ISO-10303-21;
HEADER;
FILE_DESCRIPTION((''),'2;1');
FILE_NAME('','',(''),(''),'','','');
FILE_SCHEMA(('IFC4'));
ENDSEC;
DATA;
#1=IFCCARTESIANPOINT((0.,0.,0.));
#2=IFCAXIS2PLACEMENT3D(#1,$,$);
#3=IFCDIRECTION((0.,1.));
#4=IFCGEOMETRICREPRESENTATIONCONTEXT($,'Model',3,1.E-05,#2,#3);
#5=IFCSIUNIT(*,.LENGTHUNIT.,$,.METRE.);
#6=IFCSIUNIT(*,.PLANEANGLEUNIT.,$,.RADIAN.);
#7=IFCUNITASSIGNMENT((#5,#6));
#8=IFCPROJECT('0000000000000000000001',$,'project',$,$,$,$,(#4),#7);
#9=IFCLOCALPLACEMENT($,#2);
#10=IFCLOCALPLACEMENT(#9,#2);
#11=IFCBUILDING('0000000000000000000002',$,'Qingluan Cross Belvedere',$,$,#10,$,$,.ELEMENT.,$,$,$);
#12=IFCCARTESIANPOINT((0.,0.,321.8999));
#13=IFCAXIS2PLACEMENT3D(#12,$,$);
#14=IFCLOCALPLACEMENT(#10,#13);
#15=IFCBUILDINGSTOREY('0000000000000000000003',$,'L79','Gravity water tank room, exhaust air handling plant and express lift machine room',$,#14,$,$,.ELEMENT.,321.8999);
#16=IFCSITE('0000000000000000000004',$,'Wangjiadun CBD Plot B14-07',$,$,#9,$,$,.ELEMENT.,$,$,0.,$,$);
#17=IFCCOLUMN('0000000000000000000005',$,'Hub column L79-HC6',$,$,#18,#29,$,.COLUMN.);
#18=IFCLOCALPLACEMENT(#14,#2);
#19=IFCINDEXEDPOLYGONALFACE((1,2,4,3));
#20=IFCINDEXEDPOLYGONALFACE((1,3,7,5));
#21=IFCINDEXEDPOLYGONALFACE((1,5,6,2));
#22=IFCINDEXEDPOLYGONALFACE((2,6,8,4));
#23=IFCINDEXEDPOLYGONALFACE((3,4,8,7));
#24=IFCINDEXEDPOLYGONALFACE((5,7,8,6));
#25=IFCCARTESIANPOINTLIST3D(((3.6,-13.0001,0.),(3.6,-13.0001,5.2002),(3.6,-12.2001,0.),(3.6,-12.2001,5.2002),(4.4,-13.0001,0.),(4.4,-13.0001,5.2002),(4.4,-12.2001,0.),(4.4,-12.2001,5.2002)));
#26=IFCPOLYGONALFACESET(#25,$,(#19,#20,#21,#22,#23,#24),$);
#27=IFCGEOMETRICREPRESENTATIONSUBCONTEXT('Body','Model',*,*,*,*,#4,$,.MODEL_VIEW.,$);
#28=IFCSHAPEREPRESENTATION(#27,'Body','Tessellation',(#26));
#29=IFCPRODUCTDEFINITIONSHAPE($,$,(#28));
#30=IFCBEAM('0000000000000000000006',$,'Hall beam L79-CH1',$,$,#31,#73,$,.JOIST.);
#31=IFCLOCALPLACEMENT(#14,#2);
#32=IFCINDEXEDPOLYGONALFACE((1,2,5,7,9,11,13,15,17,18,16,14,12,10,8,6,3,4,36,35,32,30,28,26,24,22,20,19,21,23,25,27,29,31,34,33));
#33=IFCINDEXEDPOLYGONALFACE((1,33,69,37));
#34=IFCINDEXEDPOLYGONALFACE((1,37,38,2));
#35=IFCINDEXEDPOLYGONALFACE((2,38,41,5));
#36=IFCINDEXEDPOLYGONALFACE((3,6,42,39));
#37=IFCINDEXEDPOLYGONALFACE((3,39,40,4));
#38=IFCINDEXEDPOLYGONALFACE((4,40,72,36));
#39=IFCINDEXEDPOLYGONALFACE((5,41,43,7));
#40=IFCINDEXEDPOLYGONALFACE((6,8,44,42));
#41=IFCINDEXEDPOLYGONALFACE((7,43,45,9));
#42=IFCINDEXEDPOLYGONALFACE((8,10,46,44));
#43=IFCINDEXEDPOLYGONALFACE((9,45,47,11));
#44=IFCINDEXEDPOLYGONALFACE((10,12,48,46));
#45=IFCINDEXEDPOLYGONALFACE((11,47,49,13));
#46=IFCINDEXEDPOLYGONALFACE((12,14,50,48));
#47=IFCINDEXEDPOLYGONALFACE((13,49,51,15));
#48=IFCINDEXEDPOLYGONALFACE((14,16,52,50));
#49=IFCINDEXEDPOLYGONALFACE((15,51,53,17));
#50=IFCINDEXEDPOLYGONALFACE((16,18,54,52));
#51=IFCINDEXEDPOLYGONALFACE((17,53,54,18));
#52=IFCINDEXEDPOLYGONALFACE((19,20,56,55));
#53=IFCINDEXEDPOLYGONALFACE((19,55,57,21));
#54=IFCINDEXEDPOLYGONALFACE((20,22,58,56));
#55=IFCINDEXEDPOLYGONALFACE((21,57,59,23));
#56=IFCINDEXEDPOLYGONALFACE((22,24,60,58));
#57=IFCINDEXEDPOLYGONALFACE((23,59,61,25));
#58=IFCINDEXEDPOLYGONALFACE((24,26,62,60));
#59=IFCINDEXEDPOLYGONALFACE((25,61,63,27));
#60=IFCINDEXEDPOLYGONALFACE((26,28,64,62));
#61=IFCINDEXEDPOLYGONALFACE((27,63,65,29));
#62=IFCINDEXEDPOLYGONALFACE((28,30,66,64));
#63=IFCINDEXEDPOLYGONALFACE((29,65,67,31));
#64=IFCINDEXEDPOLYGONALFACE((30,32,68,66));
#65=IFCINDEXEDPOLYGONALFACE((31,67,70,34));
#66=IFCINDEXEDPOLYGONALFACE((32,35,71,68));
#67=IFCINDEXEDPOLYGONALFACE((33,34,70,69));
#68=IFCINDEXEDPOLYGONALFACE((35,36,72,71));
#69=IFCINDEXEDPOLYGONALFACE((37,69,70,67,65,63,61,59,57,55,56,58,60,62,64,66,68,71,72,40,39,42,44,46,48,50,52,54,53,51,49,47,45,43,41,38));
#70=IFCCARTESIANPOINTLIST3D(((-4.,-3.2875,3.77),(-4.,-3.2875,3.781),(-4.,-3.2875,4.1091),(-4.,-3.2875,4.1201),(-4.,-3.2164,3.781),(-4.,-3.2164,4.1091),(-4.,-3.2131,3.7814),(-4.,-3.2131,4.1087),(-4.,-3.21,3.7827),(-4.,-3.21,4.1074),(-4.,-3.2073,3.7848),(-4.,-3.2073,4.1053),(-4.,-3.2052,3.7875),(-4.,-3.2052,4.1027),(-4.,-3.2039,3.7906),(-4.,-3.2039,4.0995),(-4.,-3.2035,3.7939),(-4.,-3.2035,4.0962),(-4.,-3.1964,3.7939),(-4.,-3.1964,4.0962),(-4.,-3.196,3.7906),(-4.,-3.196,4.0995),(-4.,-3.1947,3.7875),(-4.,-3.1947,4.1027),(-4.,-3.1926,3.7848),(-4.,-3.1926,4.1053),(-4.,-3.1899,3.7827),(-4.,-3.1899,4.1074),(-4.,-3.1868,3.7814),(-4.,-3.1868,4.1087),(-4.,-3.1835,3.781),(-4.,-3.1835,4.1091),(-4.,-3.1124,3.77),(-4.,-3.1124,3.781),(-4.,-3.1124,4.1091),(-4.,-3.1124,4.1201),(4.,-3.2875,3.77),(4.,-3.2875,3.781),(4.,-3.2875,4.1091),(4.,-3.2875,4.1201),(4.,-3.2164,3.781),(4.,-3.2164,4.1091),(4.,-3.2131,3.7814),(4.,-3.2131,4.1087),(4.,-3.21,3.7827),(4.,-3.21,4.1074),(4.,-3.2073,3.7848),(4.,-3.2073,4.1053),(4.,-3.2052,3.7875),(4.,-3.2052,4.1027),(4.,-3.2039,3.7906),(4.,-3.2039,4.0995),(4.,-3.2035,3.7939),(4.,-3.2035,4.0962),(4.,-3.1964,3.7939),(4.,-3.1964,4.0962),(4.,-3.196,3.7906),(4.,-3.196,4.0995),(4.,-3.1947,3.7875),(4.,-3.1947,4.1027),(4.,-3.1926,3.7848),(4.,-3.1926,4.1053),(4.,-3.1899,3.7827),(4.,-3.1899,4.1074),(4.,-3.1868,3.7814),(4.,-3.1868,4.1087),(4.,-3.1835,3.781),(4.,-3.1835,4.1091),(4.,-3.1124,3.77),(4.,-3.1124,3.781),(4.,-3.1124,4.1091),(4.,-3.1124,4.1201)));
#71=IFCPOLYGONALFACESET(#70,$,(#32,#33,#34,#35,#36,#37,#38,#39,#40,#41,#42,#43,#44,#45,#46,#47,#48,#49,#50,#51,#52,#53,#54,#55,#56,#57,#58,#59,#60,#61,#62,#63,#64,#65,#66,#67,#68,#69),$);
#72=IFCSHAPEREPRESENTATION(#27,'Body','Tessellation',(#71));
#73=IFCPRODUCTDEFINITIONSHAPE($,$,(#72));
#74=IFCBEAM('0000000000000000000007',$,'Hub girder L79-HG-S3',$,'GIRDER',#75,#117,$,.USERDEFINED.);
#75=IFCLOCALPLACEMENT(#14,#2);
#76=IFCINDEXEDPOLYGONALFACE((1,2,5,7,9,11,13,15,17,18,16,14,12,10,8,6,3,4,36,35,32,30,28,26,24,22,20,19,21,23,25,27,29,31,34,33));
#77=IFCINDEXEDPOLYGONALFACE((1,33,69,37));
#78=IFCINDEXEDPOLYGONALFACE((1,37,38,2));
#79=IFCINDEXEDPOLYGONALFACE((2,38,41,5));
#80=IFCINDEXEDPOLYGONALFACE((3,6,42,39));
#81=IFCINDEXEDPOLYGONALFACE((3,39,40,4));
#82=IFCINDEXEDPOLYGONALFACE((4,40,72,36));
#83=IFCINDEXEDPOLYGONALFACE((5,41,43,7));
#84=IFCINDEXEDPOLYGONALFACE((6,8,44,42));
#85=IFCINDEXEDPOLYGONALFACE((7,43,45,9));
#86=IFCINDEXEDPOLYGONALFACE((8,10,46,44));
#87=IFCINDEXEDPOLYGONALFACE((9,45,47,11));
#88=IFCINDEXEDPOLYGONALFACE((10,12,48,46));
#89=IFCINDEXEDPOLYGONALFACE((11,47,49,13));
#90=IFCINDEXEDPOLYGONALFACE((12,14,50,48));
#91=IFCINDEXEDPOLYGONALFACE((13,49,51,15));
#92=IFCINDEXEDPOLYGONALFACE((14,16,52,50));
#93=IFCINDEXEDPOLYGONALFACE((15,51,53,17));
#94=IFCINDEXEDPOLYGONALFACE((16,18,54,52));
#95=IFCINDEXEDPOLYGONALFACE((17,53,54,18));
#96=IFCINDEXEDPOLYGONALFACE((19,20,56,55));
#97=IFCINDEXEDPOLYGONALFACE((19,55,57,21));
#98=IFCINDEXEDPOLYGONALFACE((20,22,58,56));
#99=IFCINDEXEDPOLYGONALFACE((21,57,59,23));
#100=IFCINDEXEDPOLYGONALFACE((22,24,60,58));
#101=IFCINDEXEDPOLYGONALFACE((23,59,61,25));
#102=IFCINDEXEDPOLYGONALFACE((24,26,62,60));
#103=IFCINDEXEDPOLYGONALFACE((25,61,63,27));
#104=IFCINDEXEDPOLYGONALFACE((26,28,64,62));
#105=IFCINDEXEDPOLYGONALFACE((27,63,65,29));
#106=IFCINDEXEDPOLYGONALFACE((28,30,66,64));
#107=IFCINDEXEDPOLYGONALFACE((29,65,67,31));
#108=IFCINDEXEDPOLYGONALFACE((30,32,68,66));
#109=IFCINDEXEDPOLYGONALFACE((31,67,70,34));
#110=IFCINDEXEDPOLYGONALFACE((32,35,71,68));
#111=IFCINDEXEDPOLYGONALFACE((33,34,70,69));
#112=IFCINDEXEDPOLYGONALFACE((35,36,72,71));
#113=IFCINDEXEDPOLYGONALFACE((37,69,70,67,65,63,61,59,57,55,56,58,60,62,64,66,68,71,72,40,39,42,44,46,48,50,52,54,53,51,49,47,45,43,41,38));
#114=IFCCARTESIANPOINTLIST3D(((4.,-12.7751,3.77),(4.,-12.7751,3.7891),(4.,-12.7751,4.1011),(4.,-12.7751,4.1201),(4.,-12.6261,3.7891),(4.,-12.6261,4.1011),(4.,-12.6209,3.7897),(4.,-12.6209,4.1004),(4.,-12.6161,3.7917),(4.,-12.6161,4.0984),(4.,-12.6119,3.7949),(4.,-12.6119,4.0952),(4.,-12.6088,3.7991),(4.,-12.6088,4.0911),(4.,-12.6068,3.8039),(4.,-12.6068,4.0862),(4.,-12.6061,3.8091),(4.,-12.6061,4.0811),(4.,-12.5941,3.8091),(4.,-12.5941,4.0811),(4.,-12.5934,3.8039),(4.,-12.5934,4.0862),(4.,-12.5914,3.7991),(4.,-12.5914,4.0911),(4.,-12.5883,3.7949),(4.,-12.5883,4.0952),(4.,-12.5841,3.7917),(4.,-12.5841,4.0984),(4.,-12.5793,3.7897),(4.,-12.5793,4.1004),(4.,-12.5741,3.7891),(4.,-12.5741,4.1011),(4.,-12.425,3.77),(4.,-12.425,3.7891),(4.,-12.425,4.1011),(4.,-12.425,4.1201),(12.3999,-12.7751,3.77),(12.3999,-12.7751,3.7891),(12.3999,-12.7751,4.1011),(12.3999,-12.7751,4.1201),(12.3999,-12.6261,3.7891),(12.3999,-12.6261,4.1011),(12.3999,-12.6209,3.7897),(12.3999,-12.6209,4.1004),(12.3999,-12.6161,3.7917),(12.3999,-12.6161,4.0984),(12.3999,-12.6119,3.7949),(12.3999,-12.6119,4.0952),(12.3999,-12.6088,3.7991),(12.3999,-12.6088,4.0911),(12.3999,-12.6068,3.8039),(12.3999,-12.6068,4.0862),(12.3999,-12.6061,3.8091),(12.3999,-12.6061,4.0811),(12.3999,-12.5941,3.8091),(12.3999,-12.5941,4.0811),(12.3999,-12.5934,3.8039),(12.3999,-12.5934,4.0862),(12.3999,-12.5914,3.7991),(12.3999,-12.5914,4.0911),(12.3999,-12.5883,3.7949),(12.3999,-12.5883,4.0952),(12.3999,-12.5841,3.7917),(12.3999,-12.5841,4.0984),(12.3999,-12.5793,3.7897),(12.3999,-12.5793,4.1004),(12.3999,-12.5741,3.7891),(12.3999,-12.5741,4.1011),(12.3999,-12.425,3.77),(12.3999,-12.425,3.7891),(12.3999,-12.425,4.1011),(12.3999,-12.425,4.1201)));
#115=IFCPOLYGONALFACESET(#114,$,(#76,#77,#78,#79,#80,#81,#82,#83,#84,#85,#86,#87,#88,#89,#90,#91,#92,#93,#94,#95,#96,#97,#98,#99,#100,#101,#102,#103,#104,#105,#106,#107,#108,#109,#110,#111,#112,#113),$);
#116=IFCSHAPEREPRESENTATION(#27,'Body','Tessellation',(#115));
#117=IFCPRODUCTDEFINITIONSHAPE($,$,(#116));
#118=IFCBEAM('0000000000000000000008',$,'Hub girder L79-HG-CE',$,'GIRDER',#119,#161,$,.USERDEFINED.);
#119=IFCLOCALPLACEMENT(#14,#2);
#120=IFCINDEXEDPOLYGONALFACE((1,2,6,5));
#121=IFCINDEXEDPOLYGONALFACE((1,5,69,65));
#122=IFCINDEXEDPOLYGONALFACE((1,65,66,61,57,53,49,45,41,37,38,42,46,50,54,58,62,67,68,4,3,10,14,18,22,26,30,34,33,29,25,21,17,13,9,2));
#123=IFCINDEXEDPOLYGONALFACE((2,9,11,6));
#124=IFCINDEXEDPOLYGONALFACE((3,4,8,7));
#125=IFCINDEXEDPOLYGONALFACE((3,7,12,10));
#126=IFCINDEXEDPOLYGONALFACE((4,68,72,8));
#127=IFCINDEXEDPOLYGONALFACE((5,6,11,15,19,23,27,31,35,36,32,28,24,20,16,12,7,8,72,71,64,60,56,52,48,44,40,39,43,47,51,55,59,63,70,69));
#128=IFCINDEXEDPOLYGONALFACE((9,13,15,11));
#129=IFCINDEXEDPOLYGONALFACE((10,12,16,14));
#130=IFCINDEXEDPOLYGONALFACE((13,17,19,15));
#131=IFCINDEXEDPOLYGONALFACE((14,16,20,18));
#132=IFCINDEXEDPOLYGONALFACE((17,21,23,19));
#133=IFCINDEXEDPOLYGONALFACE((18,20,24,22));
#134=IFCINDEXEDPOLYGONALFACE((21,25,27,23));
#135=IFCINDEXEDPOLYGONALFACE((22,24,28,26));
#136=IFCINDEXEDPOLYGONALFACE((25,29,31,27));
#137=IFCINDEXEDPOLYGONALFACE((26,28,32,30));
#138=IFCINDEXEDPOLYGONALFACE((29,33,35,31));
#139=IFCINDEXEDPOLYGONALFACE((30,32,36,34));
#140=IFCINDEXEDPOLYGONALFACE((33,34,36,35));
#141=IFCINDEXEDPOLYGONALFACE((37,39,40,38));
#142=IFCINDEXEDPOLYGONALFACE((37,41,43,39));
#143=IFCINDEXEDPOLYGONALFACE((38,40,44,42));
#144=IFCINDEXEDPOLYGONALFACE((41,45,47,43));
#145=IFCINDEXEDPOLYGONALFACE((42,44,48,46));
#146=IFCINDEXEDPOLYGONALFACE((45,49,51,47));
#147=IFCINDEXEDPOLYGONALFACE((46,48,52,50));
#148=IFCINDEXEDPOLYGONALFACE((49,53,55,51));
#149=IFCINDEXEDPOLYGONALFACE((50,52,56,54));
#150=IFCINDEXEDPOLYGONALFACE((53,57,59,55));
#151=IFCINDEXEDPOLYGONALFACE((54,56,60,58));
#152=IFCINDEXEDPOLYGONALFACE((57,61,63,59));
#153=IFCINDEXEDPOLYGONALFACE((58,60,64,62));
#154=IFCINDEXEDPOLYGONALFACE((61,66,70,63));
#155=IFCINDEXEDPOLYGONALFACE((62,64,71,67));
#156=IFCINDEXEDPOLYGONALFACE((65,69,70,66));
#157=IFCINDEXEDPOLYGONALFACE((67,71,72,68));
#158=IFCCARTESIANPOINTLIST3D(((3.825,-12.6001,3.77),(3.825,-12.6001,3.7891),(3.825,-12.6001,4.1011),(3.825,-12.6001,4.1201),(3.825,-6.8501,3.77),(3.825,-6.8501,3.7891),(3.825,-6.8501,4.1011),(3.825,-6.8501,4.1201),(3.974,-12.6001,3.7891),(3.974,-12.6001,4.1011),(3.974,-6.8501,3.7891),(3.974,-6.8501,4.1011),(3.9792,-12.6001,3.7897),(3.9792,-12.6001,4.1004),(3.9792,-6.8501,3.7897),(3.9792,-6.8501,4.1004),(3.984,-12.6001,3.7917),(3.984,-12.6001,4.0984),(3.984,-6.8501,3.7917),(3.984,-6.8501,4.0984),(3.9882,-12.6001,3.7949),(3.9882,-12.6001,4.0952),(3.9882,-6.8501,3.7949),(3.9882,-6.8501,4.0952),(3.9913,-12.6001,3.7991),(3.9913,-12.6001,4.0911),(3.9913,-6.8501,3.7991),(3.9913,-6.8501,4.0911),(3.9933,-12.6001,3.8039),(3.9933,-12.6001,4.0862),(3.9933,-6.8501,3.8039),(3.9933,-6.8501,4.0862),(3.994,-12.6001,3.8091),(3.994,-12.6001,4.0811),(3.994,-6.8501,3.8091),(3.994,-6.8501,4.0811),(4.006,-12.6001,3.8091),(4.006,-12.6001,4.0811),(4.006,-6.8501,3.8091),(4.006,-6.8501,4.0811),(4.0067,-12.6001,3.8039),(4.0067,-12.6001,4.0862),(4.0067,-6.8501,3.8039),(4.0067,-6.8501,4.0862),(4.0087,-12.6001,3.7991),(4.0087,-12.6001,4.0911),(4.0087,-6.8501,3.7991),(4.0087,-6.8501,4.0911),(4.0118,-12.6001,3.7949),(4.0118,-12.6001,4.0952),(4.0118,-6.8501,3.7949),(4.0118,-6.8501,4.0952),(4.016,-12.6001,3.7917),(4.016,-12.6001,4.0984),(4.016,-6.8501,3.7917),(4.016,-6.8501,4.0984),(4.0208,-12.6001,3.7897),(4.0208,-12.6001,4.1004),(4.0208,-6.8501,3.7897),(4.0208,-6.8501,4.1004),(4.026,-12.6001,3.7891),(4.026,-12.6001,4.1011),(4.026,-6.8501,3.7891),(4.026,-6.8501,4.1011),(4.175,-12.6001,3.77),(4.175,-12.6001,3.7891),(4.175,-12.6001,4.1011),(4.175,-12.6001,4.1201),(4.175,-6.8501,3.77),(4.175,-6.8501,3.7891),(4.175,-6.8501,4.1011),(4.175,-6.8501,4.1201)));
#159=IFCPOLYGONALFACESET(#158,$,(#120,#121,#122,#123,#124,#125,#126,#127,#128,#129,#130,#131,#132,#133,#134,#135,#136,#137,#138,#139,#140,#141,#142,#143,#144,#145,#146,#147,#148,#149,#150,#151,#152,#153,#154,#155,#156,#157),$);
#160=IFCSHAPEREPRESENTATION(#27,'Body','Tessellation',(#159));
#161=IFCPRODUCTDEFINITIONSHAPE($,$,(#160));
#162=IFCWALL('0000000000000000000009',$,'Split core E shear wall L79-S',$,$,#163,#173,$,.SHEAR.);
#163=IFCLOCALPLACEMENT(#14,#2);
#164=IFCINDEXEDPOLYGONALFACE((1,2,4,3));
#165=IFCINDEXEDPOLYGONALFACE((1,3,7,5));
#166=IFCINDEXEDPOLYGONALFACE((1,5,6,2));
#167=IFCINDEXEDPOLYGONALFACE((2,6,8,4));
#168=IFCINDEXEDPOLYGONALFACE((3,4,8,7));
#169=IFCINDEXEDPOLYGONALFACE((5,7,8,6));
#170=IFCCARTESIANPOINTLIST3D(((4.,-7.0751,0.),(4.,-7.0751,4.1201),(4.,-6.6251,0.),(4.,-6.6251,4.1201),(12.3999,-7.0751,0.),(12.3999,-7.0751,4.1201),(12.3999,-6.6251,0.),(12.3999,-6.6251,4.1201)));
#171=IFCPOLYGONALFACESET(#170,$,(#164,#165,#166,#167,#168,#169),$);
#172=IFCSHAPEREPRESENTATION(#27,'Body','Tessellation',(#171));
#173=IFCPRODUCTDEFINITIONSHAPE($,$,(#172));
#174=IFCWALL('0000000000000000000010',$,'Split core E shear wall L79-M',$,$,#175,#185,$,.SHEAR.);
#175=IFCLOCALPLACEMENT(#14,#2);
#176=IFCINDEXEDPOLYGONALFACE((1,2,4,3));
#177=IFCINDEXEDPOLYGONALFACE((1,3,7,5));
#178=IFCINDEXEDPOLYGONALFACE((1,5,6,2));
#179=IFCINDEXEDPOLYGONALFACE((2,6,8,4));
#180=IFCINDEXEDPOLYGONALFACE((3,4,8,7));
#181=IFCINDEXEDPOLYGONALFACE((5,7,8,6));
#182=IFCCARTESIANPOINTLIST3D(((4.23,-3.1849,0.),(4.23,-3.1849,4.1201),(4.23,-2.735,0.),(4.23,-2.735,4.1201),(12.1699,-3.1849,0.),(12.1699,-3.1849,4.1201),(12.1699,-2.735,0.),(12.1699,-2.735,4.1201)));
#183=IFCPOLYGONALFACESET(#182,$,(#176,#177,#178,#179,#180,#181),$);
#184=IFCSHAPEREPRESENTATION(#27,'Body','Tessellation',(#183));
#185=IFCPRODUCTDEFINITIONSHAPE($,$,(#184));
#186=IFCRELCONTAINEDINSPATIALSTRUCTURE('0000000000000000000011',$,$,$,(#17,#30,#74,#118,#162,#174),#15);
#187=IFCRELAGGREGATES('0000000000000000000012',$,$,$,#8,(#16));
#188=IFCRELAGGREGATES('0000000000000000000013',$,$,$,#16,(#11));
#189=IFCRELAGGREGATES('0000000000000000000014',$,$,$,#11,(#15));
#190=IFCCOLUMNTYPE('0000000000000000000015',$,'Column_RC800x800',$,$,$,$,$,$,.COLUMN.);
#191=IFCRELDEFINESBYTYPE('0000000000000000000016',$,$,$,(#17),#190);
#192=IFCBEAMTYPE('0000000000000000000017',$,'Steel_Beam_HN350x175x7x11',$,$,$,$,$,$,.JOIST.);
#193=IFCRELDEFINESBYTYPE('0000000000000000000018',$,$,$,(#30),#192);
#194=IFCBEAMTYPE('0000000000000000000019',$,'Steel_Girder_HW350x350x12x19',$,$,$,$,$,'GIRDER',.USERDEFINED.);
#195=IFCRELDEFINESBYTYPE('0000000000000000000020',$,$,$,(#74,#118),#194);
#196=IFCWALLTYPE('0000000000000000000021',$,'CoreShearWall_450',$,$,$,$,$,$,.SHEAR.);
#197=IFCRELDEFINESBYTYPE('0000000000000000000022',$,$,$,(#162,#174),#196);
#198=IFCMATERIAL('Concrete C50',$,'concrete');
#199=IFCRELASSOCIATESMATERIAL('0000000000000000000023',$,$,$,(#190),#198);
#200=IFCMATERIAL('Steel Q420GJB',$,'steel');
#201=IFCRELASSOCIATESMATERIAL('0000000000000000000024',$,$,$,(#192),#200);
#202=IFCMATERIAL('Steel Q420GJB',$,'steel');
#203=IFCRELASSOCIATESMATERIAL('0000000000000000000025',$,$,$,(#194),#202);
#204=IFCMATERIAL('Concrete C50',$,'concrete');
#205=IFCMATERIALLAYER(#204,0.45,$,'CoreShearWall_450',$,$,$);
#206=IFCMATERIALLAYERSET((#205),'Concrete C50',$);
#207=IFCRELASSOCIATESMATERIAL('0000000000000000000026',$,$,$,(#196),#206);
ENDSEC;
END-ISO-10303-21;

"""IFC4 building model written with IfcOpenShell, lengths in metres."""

from ifc_helpers import new_model, si_unit, direction, frame, frame_2d, origin, origin_2d, place, context, subcontext, project, spatial, rectangle, i_section, extrude, material, layer, layer_set, material_profile, profile_set, type_object, element, save


model = new_model("IFC4")

# Units and contexts
model_context = context("Model", 3, precision=1e-05, world=origin(), true_north=direction((0.0, 1.0)))
body_context = subcontext(model_context, "Body", "Model", "MODEL_VIEW")
ifc_project = project(units=[si_unit("LENGTHUNIT", "METRE"), si_unit("PLANEANGLEUNIT", "RADIAN")], contexts=[model_context])

# Site, building, storey
site_placement = place(None, origin())
site = spatial("IfcSite", under=ifc_project, at=site_placement, Name="Wangjiadun CBD Plot B14-07", CompositionType="ELEMENT", RefElevation=0.0)
building_placement = place(site_placement, origin())
building = spatial("IfcBuilding", under=site, at=building_placement, Name="Qingluan Cross Belvedere", CompositionType="ELEMENT")
storey_placement = place(building_placement, frame((0.0, 0.0, 321.8999)))
storey = spatial("IfcBuildingStorey", under=building, at=storey_placement, Name="L79", Description="Gravity water tank room, exhaust air handling plant and express lift machine room", CompositionType="ELEMENT", Elevation=321.8999)

# Column
ifc_material_1 = material(Name="Concrete C50", Category="concrete")
ifc_material_profile_1 = material_profile(ifc_material_1, rectangle(XDim=0.8, YDim=0.8, at=origin_2d()), Name="RC800x800")
ifc_profile_set_1 = profile_set([ifc_material_profile_1], Name="Concrete C50")
column_type = type_object("IfcColumnType", Name="Column_RC800x800", PredefinedType="COLUMN", material=ifc_profile_set_1)
column_placement = place(storey_placement, frame((4.0, -12.6001, 0.0), z_axis=(0.0, 0.0, 1.0), x_axis=(1.0, 0.0, 0.0)))
element("IfcColumn", 1, at=column_placement, inside=storey, type_object=column_type, Name="Hub column L79-HC6", PredefinedType="COLUMN", context=body_context, shape_type="SweptSolid", body=[
    extrude(rectangle(XDim=0.8, YDim=0.8, at=origin_2d()), origin(), (0.0, 0.0, 1.0), 5.2002),
])

# Beams
ifc_material_2 = material(Name="Steel Q420GJB", Category="steel")
ifc_material_profile_2 = material_profile(ifc_material_2, i_section(OverallWidth=0.175, OverallDepth=0.3501, WebThickness=0.0071, FlangeThickness=0.011, FilletRadius=0.0129, at=origin_2d()), Name="HN350x175x7x11")
ifc_profile_set_2 = profile_set([ifc_material_profile_2], Name="Steel Q420GJB")
beam_type_1 = type_object("IfcBeamType", Name="Steel_Beam_HN350x175x7x11", PredefinedType="JOIST", material=ifc_profile_set_2)
beam_1_placement = place(storey_placement, frame((-4.0, -3.2, 3.9451), z_axis=(1.0, 0.0, 0.0), x_axis=(0.0, 1.0, 0.0)))
element("IfcBeam", 2, at=beam_1_placement, inside=storey, type_object=beam_type_1, Name="Hall beam L79-CH1", PredefinedType="JOIST", context=body_context, shape_type="SweptSolid", body=[
    extrude(i_section(OverallWidth=0.175, OverallDepth=0.3501, WebThickness=0.0071, FlangeThickness=0.011, FilletRadius=0.0129, at=origin_2d()), origin(), (0.0, 0.0, 1.0), 8.0),
])
ifc_material_3 = material(Name="Steel Q420GJB", Category="steel")
ifc_material_profile_3 = material_profile(ifc_material_3, i_section(OverallWidth=0.3501, OverallDepth=0.3501, WebThickness=0.012, FlangeThickness=0.019, FilletRadius=0.02, at=origin_2d()), Name="HW350x350x12x19")
ifc_profile_set_3 = profile_set([ifc_material_profile_3], Name="Steel Q420GJB")
beam_type_2 = type_object("IfcBeamType", Name="Steel_Girder_HW350x350x12x19", ElementType="GIRDER", PredefinedType="USERDEFINED", material=ifc_profile_set_3)
beam_2_placement = place(storey_placement, frame((4.0, -12.6001, 3.9451), z_axis=(1.0, 0.0, 0.0), x_axis=(0.0, 1.0, 0.0)))
element("IfcBeam", 3, at=beam_2_placement, inside=storey, type_object=beam_type_2, Name="Hub girder L79-HG-S3", ObjectType="GIRDER", PredefinedType="USERDEFINED", context=body_context, shape_type="SweptSolid", body=[
    extrude(i_section(OverallWidth=0.3501, OverallDepth=0.3501, WebThickness=0.012, FlangeThickness=0.019, FilletRadius=0.02, at=origin_2d()), origin(), (0.0, 0.0, 1.0), 8.3999),
])
beam_3_placement = place(storey_placement, frame((4.0, -12.6001, 3.9451), z_axis=(0.0, 1.0, 0.0), x_axis=(-1.0, 0.0, 0.0)))
element("IfcBeam", 4, at=beam_3_placement, inside=storey, type_object=beam_type_2, Name="Hub girder L79-HG-CE", ObjectType="GIRDER", PredefinedType="USERDEFINED", context=body_context, shape_type="SweptSolid", body=[
    extrude(i_section(OverallWidth=0.3501, OverallDepth=0.3501, WebThickness=0.012, FlangeThickness=0.019, FilletRadius=0.02, at=origin_2d()), origin(), (0.0, 0.0, 1.0), 5.75),
])

# Wall
ifc_material_4 = material(Name="Concrete C50", Category="concrete")
ifc_layer_1 = layer(ifc_material_4, 0.45, Name="CoreShearWall_450")
ifc_layer_set_1 = layer_set([ifc_layer_1], Name="Concrete C50")
wall_type_1 = type_object("IfcWallType", Name="CoreShearWall_450", PredefinedType="SHEAR", material=ifc_layer_set_1)
wall_1_placement = place(storey_placement, frame((4.0, -6.8501, 0.0), z_axis=(0.0, 0.0, 1.0), x_axis=(1.0, 0.0, 0.0)))
element("IfcWall", 5, at=wall_1_placement, inside=storey, type_object=wall_type_1, Name="Split core E shear wall L79-S", PredefinedType="SHEAR", context=body_context, shape_type="SweptSolid", body=[
    extrude(rectangle(XDim=8.3999, YDim=0.45, at=frame_2d((4.2, 0.0))), origin(), (0.0, 0.0, 1.0), 4.1201),
])

# Wall
wall_2_placement = place(storey_placement, frame((4.23, -2.96, 0.0), z_axis=(0.0, 0.0, 1.0), x_axis=(1.0, 0.0, 0.0)))
element("IfcWall", 6, at=wall_2_placement, inside=storey, type_object=wall_type_1, Name="Split core E shear wall L79-M", PredefinedType="SHEAR", context=body_context, shape_type="SweptSolid", body=[
    extrude(rectangle(XDim=7.9399, YDim=0.45, at=frame_2d((3.97, 0.0))), origin(), (0.0, 0.0, 1.0), 4.1201),
])

save(model, "model.ifc")
